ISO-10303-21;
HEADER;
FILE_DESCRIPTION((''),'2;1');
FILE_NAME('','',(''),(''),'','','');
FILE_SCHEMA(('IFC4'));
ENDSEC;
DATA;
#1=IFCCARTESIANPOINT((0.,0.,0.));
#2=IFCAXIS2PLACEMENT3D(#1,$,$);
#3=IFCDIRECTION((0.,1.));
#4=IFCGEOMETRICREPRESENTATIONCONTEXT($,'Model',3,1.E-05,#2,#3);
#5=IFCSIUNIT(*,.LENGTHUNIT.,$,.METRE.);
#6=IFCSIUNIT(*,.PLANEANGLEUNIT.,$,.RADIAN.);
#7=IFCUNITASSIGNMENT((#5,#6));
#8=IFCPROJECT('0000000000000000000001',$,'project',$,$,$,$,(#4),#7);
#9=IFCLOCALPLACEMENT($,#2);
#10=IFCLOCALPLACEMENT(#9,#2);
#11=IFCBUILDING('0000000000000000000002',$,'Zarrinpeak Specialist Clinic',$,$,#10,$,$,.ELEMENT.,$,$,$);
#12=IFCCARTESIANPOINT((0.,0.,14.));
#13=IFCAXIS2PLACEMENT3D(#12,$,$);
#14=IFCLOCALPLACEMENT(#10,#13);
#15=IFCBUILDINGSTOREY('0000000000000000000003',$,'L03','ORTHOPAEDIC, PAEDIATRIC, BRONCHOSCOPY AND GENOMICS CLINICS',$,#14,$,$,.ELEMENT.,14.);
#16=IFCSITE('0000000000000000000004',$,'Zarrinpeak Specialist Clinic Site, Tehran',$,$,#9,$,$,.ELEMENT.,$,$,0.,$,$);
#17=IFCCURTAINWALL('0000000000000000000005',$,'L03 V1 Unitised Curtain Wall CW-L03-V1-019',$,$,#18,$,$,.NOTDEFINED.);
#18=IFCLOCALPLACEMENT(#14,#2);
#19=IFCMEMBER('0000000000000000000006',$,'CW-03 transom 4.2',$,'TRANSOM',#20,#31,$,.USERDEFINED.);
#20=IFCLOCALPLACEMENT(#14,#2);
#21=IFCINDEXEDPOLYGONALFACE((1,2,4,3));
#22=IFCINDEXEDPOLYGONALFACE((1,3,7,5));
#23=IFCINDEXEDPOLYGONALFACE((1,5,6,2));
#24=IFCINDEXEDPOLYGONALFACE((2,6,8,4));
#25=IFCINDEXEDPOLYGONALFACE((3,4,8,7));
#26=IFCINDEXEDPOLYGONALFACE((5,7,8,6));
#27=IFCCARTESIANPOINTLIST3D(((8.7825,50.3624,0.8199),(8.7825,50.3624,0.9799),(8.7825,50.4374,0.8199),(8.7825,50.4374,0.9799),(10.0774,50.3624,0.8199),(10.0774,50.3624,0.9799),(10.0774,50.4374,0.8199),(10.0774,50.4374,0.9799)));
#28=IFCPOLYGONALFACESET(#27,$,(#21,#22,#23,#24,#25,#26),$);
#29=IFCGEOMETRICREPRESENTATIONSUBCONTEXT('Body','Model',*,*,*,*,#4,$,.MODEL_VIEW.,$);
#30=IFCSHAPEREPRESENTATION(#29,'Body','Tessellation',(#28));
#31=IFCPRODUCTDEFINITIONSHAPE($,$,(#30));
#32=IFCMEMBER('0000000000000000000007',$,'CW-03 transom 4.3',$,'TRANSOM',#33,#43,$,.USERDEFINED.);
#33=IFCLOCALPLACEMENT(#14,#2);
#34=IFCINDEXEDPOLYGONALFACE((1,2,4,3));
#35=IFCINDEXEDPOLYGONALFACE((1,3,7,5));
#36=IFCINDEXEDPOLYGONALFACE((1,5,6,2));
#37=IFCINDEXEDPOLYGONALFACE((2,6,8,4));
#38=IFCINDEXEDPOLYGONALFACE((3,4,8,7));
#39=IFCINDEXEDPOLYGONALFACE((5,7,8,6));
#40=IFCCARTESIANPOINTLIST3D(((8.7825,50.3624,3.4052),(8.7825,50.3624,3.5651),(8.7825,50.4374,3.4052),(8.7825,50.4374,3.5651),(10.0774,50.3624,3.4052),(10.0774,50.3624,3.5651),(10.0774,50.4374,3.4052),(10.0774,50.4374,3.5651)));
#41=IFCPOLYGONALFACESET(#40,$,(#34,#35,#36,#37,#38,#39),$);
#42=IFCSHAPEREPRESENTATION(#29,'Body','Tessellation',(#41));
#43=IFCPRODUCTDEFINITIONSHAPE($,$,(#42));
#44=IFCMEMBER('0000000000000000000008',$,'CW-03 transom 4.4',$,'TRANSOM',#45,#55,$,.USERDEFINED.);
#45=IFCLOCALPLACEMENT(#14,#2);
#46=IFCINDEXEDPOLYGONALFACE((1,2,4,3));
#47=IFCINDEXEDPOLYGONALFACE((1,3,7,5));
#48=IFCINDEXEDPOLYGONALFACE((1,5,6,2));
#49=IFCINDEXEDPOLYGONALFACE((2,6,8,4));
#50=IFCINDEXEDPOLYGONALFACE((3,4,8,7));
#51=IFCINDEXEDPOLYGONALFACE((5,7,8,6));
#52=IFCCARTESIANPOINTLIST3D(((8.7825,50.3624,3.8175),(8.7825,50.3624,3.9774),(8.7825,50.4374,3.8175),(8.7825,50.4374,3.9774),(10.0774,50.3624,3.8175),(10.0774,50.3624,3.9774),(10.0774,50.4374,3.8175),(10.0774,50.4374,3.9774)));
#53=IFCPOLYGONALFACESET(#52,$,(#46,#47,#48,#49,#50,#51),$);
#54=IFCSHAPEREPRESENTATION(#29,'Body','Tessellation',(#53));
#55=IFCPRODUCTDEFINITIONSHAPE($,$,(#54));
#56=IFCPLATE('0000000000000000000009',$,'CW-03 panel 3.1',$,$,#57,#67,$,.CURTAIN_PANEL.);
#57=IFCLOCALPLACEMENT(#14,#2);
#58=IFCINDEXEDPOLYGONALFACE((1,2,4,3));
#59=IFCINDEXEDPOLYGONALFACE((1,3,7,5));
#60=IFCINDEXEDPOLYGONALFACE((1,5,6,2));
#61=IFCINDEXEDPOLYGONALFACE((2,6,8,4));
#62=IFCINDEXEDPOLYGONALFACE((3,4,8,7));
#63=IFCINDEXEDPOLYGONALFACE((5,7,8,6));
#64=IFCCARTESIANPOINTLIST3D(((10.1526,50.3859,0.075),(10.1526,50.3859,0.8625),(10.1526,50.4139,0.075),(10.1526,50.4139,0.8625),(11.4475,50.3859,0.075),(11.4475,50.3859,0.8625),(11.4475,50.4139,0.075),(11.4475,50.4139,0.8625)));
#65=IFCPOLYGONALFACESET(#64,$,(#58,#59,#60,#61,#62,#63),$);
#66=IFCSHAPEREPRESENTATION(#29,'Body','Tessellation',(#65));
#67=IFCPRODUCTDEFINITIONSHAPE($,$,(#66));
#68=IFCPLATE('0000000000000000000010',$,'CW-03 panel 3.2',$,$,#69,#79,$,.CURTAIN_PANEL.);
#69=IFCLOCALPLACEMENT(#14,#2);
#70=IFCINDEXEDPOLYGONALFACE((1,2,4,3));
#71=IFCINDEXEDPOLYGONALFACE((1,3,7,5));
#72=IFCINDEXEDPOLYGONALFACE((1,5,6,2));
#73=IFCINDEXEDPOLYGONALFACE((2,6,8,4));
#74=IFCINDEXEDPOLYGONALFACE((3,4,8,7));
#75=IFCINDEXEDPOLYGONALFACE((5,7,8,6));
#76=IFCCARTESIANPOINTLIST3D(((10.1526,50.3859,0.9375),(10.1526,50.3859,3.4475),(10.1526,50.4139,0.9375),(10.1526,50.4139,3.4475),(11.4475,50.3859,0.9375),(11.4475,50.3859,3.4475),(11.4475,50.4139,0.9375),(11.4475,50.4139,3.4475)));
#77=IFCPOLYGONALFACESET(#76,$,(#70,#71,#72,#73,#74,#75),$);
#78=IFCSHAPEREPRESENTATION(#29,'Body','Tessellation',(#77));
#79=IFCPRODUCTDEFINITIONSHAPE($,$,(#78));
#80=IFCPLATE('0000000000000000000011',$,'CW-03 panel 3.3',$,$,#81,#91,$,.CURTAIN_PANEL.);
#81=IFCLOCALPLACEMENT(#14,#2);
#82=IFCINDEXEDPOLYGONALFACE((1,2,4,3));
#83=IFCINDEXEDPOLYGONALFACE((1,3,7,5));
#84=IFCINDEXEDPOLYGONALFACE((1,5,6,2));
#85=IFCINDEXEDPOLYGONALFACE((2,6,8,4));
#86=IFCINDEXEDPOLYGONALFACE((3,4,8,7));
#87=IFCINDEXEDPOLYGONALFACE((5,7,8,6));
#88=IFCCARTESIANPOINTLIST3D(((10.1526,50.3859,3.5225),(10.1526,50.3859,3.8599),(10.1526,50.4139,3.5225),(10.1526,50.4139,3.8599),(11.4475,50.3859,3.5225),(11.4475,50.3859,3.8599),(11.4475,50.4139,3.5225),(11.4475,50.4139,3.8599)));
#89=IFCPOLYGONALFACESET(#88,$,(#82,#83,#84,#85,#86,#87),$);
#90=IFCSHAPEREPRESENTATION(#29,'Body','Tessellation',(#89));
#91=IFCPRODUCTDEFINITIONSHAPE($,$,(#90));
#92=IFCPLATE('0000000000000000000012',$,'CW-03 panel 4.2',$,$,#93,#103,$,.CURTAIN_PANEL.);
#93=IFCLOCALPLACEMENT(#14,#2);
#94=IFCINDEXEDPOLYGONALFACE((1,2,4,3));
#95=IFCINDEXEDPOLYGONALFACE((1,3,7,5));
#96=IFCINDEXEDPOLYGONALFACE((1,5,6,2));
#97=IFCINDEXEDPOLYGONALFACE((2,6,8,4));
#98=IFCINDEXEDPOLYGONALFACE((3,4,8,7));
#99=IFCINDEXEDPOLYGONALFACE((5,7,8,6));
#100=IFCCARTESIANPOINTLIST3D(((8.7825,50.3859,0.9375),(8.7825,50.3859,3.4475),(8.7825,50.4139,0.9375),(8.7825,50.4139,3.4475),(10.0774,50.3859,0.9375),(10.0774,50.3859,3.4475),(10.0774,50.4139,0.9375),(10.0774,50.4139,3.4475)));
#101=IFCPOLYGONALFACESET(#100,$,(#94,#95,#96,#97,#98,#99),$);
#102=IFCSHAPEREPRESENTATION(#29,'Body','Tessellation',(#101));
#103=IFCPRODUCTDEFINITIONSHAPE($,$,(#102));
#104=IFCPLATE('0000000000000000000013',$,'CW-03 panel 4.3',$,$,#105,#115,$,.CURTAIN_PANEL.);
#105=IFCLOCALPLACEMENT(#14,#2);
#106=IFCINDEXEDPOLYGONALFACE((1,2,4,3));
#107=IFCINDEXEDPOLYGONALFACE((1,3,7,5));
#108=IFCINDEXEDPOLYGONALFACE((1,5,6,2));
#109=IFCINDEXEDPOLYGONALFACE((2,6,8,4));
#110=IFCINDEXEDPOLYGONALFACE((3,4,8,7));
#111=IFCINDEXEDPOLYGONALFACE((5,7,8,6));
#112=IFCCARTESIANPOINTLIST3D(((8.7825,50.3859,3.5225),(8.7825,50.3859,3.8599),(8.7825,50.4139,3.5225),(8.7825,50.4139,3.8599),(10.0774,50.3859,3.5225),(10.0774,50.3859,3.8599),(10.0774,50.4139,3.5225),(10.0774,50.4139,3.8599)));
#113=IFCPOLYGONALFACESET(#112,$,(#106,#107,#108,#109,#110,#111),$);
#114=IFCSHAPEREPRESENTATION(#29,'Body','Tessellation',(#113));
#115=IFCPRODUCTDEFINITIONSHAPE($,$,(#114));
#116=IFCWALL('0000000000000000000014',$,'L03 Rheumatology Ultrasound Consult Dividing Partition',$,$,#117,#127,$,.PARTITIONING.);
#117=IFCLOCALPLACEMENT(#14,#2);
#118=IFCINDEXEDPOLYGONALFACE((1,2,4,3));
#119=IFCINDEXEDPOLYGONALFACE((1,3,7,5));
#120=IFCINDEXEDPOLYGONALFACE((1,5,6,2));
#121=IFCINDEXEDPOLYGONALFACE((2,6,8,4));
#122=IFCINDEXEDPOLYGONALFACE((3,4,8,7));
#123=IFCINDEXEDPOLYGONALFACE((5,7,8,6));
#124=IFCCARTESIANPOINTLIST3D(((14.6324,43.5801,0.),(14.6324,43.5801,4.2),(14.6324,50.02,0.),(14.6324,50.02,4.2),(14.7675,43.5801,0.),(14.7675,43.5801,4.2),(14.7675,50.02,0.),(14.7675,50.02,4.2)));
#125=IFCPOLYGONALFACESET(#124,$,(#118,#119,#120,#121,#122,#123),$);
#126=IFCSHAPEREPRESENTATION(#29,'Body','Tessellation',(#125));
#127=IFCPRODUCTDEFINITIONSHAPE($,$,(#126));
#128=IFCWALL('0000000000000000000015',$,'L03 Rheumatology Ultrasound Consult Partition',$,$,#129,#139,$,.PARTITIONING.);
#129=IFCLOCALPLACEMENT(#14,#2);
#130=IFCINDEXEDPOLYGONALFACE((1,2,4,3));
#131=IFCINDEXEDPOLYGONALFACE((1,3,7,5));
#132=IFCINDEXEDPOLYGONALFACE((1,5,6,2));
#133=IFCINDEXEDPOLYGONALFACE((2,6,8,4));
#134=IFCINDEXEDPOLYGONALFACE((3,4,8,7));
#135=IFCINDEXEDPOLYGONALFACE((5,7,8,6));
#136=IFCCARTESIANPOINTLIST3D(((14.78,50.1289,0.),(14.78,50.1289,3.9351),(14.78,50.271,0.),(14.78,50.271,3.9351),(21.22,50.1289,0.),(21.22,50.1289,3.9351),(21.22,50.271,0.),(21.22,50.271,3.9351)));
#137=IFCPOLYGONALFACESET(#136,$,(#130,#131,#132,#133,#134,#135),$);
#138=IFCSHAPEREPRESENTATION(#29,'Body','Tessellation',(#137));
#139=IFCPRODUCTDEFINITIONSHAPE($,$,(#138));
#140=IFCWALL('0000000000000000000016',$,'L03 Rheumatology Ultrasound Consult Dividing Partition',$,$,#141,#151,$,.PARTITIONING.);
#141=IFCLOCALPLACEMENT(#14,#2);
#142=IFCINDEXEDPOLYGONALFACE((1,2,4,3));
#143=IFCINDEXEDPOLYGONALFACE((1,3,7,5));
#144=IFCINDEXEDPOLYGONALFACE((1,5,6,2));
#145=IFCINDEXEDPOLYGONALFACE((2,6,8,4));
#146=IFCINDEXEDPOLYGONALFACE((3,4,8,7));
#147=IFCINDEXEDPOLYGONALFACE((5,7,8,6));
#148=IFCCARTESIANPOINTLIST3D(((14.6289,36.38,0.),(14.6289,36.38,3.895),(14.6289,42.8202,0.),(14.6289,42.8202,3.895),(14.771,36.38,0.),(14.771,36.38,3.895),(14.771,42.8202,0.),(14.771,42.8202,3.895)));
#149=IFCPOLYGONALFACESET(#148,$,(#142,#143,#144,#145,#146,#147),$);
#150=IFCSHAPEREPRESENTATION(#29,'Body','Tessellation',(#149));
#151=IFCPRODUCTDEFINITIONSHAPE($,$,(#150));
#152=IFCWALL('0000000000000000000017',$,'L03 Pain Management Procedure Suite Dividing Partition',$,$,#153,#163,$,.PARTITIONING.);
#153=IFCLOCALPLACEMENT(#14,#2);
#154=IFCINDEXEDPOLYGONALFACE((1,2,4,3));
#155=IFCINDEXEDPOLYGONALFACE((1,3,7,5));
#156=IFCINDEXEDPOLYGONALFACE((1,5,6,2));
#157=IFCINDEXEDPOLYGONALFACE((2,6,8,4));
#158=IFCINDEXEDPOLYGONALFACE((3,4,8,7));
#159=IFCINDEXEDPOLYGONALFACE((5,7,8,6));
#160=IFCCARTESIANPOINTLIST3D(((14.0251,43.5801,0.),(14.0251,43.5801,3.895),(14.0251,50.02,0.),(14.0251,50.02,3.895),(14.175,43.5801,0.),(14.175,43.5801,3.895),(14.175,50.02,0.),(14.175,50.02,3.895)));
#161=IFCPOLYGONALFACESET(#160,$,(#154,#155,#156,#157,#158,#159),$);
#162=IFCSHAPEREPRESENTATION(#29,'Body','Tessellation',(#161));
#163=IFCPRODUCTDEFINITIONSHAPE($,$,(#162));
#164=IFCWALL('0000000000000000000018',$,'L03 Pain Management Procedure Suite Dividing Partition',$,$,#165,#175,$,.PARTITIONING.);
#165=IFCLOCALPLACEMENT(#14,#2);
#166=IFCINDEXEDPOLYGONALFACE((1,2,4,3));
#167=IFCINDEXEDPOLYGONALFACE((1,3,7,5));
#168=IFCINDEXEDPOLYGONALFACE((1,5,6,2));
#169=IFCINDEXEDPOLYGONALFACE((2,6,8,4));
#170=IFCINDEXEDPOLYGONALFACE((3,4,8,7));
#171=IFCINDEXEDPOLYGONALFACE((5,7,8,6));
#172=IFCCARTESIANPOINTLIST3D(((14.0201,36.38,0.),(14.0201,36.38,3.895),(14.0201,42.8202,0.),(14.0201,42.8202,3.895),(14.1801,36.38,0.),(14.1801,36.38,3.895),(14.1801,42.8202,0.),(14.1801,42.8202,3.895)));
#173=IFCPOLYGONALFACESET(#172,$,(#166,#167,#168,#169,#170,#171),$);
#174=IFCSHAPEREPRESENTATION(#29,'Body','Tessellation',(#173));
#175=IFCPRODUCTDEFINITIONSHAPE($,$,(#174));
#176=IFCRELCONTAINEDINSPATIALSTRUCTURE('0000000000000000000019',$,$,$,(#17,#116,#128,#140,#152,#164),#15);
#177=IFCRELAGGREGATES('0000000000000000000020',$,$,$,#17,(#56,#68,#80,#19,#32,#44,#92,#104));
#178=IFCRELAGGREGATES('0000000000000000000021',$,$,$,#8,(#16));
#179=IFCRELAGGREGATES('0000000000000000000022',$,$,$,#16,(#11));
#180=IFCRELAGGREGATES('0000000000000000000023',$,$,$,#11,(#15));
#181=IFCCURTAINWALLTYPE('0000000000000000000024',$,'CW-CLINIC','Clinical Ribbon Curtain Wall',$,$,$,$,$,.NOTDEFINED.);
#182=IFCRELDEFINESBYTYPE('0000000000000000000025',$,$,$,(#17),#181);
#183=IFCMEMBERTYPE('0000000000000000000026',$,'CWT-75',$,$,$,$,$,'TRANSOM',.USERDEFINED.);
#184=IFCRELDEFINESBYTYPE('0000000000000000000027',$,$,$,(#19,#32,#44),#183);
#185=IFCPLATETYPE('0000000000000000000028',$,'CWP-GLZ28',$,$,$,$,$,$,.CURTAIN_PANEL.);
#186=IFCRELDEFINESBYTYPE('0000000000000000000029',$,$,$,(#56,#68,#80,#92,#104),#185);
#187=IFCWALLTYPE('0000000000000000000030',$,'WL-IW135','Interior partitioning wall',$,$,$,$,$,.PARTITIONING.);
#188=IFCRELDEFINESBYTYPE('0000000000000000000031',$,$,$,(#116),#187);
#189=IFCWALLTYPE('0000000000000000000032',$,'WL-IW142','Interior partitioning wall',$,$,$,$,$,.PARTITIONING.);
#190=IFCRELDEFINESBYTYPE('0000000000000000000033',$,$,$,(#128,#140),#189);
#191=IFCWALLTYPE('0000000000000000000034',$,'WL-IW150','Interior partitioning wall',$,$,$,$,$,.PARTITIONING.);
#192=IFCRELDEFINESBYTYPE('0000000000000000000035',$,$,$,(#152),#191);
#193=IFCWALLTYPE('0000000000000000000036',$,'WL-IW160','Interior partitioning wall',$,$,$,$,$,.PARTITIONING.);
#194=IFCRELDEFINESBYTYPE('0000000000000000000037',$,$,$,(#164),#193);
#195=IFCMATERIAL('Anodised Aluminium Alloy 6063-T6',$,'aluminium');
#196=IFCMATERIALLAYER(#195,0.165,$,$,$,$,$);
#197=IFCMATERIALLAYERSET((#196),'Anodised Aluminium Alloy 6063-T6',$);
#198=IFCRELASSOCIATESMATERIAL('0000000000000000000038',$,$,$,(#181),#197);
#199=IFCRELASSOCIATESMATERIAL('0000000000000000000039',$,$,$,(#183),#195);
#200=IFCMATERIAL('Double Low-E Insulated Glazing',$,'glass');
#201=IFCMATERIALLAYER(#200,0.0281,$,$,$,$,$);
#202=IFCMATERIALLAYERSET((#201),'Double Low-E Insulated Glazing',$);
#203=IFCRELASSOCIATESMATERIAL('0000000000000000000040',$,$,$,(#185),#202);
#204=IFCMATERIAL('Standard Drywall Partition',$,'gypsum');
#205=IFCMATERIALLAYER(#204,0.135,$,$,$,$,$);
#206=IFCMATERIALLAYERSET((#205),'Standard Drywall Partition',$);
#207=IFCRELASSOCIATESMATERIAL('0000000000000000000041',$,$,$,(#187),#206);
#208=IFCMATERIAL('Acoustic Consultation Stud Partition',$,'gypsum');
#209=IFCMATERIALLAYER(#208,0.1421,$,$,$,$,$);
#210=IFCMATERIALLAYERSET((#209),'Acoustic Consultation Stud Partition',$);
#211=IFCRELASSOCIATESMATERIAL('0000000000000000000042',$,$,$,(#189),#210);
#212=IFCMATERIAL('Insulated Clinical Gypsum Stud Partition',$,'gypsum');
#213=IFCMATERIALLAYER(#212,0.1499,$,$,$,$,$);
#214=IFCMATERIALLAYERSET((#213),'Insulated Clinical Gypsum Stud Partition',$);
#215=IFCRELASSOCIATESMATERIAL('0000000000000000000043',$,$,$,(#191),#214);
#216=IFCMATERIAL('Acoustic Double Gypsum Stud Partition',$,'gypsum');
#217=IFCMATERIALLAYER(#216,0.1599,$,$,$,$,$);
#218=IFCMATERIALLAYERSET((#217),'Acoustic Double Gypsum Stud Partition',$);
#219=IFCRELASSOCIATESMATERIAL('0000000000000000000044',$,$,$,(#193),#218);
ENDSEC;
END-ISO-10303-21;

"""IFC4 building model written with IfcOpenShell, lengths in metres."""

from ifc_helpers import new_model, si_unit, direction, frame, frame_2d, origin, origin_2d, place, context, subcontext, project, spatial, rectangle, extrude, material, layer, layer_set, material_profile, profile_set, type_object, element, aggregate, save


model = new_model("IFC4")

# Units and contexts
model_context = context("Model", 3, precision=1e-05, world=origin(), true_north=direction((0.0, 1.0)))
body_context = subcontext(model_context, "Body", "Model", "MODEL_VIEW")
ifc_project = project(units=[si_unit("LENGTHUNIT", "METRE"), si_unit("PLANEANGLEUNIT", "RADIAN")], contexts=[model_context])

# Site, building, storey
site_placement = place(None, origin())
site = spatial("IfcSite", under=ifc_project, at=site_placement, Name="Zarrinpeak Specialist Clinic Site, Tehran", CompositionType="ELEMENT", RefElevation=0.0)
building_placement = place(site_placement, origin())
building = spatial("IfcBuilding", under=site, at=building_placement, Name="Zarrinpeak Specialist Clinic", CompositionType="ELEMENT")
storey_placement = place(building_placement, frame((0.0, 0.0, 14.0)))
storey = spatial("IfcBuildingStorey", under=building, at=storey_placement, Name="L03", Description="ORTHOPAEDIC, PAEDIATRIC, BRONCHOSCOPY AND GENOMICS CLINICS", CompositionType="ELEMENT", Elevation=14.0)

# Curtain wall, members, plates
ifc_material_1 = material(Name="Anodised Aluminium Alloy 6063-T6", Category="aluminium")
ifc_layer_1 = layer(ifc_material_1, 0.165)
ifc_layer_set_1 = layer_set([ifc_layer_1], Name="Anodised Aluminium Alloy 6063-T6")
curtain_wall_type = type_object("IfcCurtainWallType", Name="CW-CLINIC", Description="Clinical Ribbon Curtain Wall", PredefinedType="NOTDEFINED", material=ifc_layer_set_1)
curtain_wall_placement = place(storey_placement, origin())
curtain_wall = element("IfcCurtainWall", 1, at=curtain_wall_placement, inside=storey, type_object=curtain_wall_type, Name="L03 V1 Unitised Curtain Wall CW-L03-V1-019", PredefinedType="NOTDEFINED")
ifc_material_profile_1 = material_profile(ifc_material_1, rectangle(XDim=0.075, YDim=0.1599, at=origin_2d()), Name="ALU 75x160")
ifc_profile_set_1 = profile_set([ifc_material_profile_1], Name="Anodised Aluminium Alloy 6063-T6")
member_type_1 = type_object("IfcMemberType", Name="CWT-75", ElementType="TRANSOM", PredefinedType="USERDEFINED", material=ifc_profile_set_1)
member_1_placement = place(storey_placement, frame((10.0774, 50.3999, 0.8999), z_axis=(-1.0, 0.0, 0.0), x_axis=(0.0, -1.0, 0.0)))
member_1 = element("IfcMember", 2, at=member_1_placement, type_object=member_type_1, Name="CW-03 transom 4.2", ObjectType="TRANSOM", PredefinedType="USERDEFINED", context=body_context, shape_type="SweptSolid", body=[
    extrude(rectangle(XDim=0.075, YDim=0.1599, at=origin_2d()), origin(), (0.0, 0.0, 1.0), 1.2949),
])
member_2_placement = place(storey_placement, frame((10.0774, 50.3999, 3.4851), z_axis=(-1.0, 0.0, 0.0), x_axis=(0.0, -1.0, 0.0)))
member_2 = element("IfcMember", 3, at=member_2_placement, type_object=member_type_1, Name="CW-03 transom 4.3", ObjectType="TRANSOM", PredefinedType="USERDEFINED", context=body_context, shape_type="SweptSolid", body=[
    extrude(rectangle(XDim=0.075, YDim=0.1599, at=origin_2d()), origin(), (0.0, 0.0, 1.0), 1.2949),
])
member_3_placement = place(storey_placement, frame((10.0774, 50.3999, 3.8975), z_axis=(-1.0, 0.0, 0.0), x_axis=(0.0, -1.0, 0.0)))
member_3 = element("IfcMember", 4, at=member_3_placement, type_object=member_type_1, Name="CW-03 transom 4.4", ObjectType="TRANSOM", PredefinedType="USERDEFINED", context=body_context, shape_type="SweptSolid", body=[
    extrude(rectangle(XDim=0.075, YDim=0.1599, at=origin_2d()), origin(), (0.0, 0.0, 1.0), 1.2949),
])
ifc_material_2 = material(Name="Double Low-E Insulated Glazing", Category="glass")
ifc_layer_2 = layer(ifc_material_2, 0.0281)
ifc_layer_set_2 = layer_set([ifc_layer_2], Name="Double Low-E Insulated Glazing")
plate_type = type_object("IfcPlateType", Name="CWP-GLZ28", PredefinedType="CURTAIN_PANEL", material=ifc_layer_set_2)
plate_1_placement = place(storey_placement, frame((10.8, 50.3999, 0.075), z_axis=(0.0, 0.0, 1.0), x_axis=(-1.0, 0.0, 0.0)))
plate_1 = element("IfcPlate", 5, at=plate_1_placement, type_object=plate_type, Name="CW-03 panel 3.1", PredefinedType="CURTAIN_PANEL", context=body_context, shape_type="SweptSolid", body=[
    extrude(rectangle(XDim=1.2949, YDim=0.0281, at=origin_2d()), origin(), (0.0, 0.0, 1.0), 0.7876),
])
plate_2_placement = place(storey_placement, frame((10.8, 50.3999, 0.9375), z_axis=(0.0, 0.0, 1.0), x_axis=(-1.0, 0.0, 0.0)))
plate_2 = element("IfcPlate", 6, at=plate_2_placement, type_object=plate_type, Name="CW-03 panel 3.2", PredefinedType="CURTAIN_PANEL", context=body_context, shape_type="SweptSolid", body=[
    extrude(rectangle(XDim=1.2949, YDim=0.0281, at=origin_2d()), origin(), (0.0, 0.0, 1.0), 2.51),
])
plate_3_placement = place(storey_placement, frame((10.8, 50.3999, 3.5225), z_axis=(0.0, 0.0, 1.0), x_axis=(-1.0, 0.0, 0.0)))
plate_3 = element("IfcPlate", 7, at=plate_3_placement, type_object=plate_type, Name="CW-03 panel 3.3", PredefinedType="CURTAIN_PANEL", context=body_context, shape_type="SweptSolid", body=[
    extrude(rectangle(XDim=1.2949, YDim=0.0281, at=origin_2d()), origin(), (0.0, 0.0, 1.0), 0.3374),
])
plate_4_placement = place(storey_placement, frame((9.4299, 50.3999, 0.9375), z_axis=(0.0, 0.0, 1.0), x_axis=(-1.0, 0.0, 0.0)))
plate_4 = element("IfcPlate", 8, at=plate_4_placement, type_object=plate_type, Name="CW-03 panel 4.2", PredefinedType="CURTAIN_PANEL", context=body_context, shape_type="SweptSolid", body=[
    extrude(rectangle(XDim=1.2949, YDim=0.0281, at=origin_2d()), origin(), (0.0, 0.0, 1.0), 2.51),
])
plate_5_placement = place(storey_placement, frame((9.4299, 50.3999, 3.5225), z_axis=(0.0, 0.0, 1.0), x_axis=(-1.0, 0.0, 0.0)))
plate_5 = element("IfcPlate", 9, at=plate_5_placement, type_object=plate_type, Name="CW-03 panel 4.3", PredefinedType="CURTAIN_PANEL", context=body_context, shape_type="SweptSolid", body=[
    extrude(rectangle(XDim=1.2949, YDim=0.0281, at=origin_2d()), origin(), (0.0, 0.0, 1.0), 0.3374),
])
aggregate(curtain_wall, [plate_1, plate_2, plate_3, member_1, member_2, member_3, plate_4, plate_5])

# Walls
ifc_material_3 = material(Name="Standard Drywall Partition", Category="gypsum")
ifc_layer_3 = layer(ifc_material_3, 0.135)
ifc_layer_set_3 = layer_set([ifc_layer_3], Name="Standard Drywall Partition")
wall_type_1 = type_object("IfcWallType", Name="WL-IW135", Description="Interior partitioning wall", PredefinedType="PARTITIONING", material=ifc_layer_set_3)
wall_1_placement = place(storey_placement, frame((14.7, 43.5801, 0.0), z_axis=(0.0, 0.0, 1.0), x_axis=(0.0, 1.0, 0.0)))
element("IfcWall", 10, at=wall_1_placement, inside=storey, type_object=wall_type_1, Name="L03 Rheumatology Ultrasound Consult Dividing Partition", PredefinedType="PARTITIONING", context=body_context, shape_type="SweptSolid", body=[
    extrude(rectangle(XDim=6.4399, YDim=0.135, at=frame_2d((3.22, 0.0))), origin(), (0.0, 0.0, 1.0), 4.2),
])
ifc_material_4 = material(Name="Acoustic Consultation Stud Partition", Category="gypsum")
ifc_layer_4 = layer(ifc_material_4, 0.1421)
ifc_layer_set_4 = layer_set([ifc_layer_4], Name="Acoustic Consultation Stud Partition")
wall_type_2 = type_object("IfcWallType", Name="WL-IW142", Description="Interior partitioning wall", PredefinedType="PARTITIONING", material=ifc_layer_set_4)
wall_2_placement = place(storey_placement, frame((14.78, 50.2, 0.0), z_axis=(0.0, 0.0, 1.0), x_axis=(1.0, 0.0, 0.0)))
element("IfcWall", 11, at=wall_2_placement, inside=storey, type_object=wall_type_2, Name="L03 Rheumatology Ultrasound Consult Partition", PredefinedType="PARTITIONING", context=body_context, shape_type="SweptSolid", body=[
    extrude(rectangle(XDim=6.4399, YDim=0.1421, at=frame_2d((3.22, 0.0))), origin(), (0.0, 0.0, 1.0), 3.9351),
])
wall_3_placement = place(storey_placement, frame((14.7, 36.3799, 0.0), z_axis=(0.0, 0.0, 1.0), x_axis=(0.0, 1.0, 0.0)))
element("IfcWall", 12, at=wall_3_placement, inside=storey, type_object=wall_type_2, Name="L03 Rheumatology Ultrasound Consult Dividing Partition", PredefinedType="PARTITIONING", context=body_context, shape_type="SweptSolid", body=[
    extrude(rectangle(XDim=6.4402, YDim=0.1421, at=frame_2d((3.2202, 0.0))), origin(), (0.0, 0.0, 1.0), 3.895),
])
ifc_material_5 = material(Name="Insulated Clinical Gypsum Stud Partition", Category="gypsum")
ifc_layer_5 = layer(ifc_material_5, 0.1499)
ifc_layer_set_5 = layer_set([ifc_layer_5], Name="Insulated Clinical Gypsum Stud Partition")
wall_type_3 = type_object("IfcWallType", Name="WL-IW150", Description="Interior partitioning wall", PredefinedType="PARTITIONING", material=ifc_layer_set_5)
wall_4_placement = place(storey_placement, frame((14.1001, 43.5801, 0.0), z_axis=(0.0, 0.0, 1.0), x_axis=(0.0, 1.0, 0.0)))
element("IfcWall", 13, at=wall_4_placement, inside=storey, type_object=wall_type_3, Name="L03 Pain Management Procedure Suite Dividing Partition", PredefinedType="PARTITIONING", context=body_context, shape_type="SweptSolid", body=[
    extrude(rectangle(XDim=6.4399, YDim=0.1499, at=frame_2d((3.22, 0.0))), origin(), (0.0, 0.0, 1.0), 3.895),
])
ifc_material_6 = material(Name="Acoustic Double Gypsum Stud Partition", Category="gypsum")
ifc_layer_6 = layer(ifc_material_6, 0.1599)
ifc_layer_set_6 = layer_set([ifc_layer_6], Name="Acoustic Double Gypsum Stud Partition")
wall_type_4 = type_object("IfcWallType", Name="WL-IW160", Description="Interior partitioning wall", PredefinedType="PARTITIONING", material=ifc_layer_set_6)
wall_5_placement = place(storey_placement, frame((14.1001, 36.3799, 0.0), z_axis=(0.0, 0.0, 1.0), x_axis=(0.0, 1.0, 0.0)))
element("IfcWall", 14, at=wall_5_placement, inside=storey, type_object=wall_type_4, Name="L03 Pain Management Procedure Suite Dividing Partition", PredefinedType="PARTITIONING", context=body_context, shape_type="SweptSolid", body=[
    extrude(rectangle(XDim=6.4402, YDim=0.1599, at=frame_2d((3.2202, 0.0))), origin(), (0.0, 0.0, 1.0), 3.895),
])

save(model, "model.ifc")
